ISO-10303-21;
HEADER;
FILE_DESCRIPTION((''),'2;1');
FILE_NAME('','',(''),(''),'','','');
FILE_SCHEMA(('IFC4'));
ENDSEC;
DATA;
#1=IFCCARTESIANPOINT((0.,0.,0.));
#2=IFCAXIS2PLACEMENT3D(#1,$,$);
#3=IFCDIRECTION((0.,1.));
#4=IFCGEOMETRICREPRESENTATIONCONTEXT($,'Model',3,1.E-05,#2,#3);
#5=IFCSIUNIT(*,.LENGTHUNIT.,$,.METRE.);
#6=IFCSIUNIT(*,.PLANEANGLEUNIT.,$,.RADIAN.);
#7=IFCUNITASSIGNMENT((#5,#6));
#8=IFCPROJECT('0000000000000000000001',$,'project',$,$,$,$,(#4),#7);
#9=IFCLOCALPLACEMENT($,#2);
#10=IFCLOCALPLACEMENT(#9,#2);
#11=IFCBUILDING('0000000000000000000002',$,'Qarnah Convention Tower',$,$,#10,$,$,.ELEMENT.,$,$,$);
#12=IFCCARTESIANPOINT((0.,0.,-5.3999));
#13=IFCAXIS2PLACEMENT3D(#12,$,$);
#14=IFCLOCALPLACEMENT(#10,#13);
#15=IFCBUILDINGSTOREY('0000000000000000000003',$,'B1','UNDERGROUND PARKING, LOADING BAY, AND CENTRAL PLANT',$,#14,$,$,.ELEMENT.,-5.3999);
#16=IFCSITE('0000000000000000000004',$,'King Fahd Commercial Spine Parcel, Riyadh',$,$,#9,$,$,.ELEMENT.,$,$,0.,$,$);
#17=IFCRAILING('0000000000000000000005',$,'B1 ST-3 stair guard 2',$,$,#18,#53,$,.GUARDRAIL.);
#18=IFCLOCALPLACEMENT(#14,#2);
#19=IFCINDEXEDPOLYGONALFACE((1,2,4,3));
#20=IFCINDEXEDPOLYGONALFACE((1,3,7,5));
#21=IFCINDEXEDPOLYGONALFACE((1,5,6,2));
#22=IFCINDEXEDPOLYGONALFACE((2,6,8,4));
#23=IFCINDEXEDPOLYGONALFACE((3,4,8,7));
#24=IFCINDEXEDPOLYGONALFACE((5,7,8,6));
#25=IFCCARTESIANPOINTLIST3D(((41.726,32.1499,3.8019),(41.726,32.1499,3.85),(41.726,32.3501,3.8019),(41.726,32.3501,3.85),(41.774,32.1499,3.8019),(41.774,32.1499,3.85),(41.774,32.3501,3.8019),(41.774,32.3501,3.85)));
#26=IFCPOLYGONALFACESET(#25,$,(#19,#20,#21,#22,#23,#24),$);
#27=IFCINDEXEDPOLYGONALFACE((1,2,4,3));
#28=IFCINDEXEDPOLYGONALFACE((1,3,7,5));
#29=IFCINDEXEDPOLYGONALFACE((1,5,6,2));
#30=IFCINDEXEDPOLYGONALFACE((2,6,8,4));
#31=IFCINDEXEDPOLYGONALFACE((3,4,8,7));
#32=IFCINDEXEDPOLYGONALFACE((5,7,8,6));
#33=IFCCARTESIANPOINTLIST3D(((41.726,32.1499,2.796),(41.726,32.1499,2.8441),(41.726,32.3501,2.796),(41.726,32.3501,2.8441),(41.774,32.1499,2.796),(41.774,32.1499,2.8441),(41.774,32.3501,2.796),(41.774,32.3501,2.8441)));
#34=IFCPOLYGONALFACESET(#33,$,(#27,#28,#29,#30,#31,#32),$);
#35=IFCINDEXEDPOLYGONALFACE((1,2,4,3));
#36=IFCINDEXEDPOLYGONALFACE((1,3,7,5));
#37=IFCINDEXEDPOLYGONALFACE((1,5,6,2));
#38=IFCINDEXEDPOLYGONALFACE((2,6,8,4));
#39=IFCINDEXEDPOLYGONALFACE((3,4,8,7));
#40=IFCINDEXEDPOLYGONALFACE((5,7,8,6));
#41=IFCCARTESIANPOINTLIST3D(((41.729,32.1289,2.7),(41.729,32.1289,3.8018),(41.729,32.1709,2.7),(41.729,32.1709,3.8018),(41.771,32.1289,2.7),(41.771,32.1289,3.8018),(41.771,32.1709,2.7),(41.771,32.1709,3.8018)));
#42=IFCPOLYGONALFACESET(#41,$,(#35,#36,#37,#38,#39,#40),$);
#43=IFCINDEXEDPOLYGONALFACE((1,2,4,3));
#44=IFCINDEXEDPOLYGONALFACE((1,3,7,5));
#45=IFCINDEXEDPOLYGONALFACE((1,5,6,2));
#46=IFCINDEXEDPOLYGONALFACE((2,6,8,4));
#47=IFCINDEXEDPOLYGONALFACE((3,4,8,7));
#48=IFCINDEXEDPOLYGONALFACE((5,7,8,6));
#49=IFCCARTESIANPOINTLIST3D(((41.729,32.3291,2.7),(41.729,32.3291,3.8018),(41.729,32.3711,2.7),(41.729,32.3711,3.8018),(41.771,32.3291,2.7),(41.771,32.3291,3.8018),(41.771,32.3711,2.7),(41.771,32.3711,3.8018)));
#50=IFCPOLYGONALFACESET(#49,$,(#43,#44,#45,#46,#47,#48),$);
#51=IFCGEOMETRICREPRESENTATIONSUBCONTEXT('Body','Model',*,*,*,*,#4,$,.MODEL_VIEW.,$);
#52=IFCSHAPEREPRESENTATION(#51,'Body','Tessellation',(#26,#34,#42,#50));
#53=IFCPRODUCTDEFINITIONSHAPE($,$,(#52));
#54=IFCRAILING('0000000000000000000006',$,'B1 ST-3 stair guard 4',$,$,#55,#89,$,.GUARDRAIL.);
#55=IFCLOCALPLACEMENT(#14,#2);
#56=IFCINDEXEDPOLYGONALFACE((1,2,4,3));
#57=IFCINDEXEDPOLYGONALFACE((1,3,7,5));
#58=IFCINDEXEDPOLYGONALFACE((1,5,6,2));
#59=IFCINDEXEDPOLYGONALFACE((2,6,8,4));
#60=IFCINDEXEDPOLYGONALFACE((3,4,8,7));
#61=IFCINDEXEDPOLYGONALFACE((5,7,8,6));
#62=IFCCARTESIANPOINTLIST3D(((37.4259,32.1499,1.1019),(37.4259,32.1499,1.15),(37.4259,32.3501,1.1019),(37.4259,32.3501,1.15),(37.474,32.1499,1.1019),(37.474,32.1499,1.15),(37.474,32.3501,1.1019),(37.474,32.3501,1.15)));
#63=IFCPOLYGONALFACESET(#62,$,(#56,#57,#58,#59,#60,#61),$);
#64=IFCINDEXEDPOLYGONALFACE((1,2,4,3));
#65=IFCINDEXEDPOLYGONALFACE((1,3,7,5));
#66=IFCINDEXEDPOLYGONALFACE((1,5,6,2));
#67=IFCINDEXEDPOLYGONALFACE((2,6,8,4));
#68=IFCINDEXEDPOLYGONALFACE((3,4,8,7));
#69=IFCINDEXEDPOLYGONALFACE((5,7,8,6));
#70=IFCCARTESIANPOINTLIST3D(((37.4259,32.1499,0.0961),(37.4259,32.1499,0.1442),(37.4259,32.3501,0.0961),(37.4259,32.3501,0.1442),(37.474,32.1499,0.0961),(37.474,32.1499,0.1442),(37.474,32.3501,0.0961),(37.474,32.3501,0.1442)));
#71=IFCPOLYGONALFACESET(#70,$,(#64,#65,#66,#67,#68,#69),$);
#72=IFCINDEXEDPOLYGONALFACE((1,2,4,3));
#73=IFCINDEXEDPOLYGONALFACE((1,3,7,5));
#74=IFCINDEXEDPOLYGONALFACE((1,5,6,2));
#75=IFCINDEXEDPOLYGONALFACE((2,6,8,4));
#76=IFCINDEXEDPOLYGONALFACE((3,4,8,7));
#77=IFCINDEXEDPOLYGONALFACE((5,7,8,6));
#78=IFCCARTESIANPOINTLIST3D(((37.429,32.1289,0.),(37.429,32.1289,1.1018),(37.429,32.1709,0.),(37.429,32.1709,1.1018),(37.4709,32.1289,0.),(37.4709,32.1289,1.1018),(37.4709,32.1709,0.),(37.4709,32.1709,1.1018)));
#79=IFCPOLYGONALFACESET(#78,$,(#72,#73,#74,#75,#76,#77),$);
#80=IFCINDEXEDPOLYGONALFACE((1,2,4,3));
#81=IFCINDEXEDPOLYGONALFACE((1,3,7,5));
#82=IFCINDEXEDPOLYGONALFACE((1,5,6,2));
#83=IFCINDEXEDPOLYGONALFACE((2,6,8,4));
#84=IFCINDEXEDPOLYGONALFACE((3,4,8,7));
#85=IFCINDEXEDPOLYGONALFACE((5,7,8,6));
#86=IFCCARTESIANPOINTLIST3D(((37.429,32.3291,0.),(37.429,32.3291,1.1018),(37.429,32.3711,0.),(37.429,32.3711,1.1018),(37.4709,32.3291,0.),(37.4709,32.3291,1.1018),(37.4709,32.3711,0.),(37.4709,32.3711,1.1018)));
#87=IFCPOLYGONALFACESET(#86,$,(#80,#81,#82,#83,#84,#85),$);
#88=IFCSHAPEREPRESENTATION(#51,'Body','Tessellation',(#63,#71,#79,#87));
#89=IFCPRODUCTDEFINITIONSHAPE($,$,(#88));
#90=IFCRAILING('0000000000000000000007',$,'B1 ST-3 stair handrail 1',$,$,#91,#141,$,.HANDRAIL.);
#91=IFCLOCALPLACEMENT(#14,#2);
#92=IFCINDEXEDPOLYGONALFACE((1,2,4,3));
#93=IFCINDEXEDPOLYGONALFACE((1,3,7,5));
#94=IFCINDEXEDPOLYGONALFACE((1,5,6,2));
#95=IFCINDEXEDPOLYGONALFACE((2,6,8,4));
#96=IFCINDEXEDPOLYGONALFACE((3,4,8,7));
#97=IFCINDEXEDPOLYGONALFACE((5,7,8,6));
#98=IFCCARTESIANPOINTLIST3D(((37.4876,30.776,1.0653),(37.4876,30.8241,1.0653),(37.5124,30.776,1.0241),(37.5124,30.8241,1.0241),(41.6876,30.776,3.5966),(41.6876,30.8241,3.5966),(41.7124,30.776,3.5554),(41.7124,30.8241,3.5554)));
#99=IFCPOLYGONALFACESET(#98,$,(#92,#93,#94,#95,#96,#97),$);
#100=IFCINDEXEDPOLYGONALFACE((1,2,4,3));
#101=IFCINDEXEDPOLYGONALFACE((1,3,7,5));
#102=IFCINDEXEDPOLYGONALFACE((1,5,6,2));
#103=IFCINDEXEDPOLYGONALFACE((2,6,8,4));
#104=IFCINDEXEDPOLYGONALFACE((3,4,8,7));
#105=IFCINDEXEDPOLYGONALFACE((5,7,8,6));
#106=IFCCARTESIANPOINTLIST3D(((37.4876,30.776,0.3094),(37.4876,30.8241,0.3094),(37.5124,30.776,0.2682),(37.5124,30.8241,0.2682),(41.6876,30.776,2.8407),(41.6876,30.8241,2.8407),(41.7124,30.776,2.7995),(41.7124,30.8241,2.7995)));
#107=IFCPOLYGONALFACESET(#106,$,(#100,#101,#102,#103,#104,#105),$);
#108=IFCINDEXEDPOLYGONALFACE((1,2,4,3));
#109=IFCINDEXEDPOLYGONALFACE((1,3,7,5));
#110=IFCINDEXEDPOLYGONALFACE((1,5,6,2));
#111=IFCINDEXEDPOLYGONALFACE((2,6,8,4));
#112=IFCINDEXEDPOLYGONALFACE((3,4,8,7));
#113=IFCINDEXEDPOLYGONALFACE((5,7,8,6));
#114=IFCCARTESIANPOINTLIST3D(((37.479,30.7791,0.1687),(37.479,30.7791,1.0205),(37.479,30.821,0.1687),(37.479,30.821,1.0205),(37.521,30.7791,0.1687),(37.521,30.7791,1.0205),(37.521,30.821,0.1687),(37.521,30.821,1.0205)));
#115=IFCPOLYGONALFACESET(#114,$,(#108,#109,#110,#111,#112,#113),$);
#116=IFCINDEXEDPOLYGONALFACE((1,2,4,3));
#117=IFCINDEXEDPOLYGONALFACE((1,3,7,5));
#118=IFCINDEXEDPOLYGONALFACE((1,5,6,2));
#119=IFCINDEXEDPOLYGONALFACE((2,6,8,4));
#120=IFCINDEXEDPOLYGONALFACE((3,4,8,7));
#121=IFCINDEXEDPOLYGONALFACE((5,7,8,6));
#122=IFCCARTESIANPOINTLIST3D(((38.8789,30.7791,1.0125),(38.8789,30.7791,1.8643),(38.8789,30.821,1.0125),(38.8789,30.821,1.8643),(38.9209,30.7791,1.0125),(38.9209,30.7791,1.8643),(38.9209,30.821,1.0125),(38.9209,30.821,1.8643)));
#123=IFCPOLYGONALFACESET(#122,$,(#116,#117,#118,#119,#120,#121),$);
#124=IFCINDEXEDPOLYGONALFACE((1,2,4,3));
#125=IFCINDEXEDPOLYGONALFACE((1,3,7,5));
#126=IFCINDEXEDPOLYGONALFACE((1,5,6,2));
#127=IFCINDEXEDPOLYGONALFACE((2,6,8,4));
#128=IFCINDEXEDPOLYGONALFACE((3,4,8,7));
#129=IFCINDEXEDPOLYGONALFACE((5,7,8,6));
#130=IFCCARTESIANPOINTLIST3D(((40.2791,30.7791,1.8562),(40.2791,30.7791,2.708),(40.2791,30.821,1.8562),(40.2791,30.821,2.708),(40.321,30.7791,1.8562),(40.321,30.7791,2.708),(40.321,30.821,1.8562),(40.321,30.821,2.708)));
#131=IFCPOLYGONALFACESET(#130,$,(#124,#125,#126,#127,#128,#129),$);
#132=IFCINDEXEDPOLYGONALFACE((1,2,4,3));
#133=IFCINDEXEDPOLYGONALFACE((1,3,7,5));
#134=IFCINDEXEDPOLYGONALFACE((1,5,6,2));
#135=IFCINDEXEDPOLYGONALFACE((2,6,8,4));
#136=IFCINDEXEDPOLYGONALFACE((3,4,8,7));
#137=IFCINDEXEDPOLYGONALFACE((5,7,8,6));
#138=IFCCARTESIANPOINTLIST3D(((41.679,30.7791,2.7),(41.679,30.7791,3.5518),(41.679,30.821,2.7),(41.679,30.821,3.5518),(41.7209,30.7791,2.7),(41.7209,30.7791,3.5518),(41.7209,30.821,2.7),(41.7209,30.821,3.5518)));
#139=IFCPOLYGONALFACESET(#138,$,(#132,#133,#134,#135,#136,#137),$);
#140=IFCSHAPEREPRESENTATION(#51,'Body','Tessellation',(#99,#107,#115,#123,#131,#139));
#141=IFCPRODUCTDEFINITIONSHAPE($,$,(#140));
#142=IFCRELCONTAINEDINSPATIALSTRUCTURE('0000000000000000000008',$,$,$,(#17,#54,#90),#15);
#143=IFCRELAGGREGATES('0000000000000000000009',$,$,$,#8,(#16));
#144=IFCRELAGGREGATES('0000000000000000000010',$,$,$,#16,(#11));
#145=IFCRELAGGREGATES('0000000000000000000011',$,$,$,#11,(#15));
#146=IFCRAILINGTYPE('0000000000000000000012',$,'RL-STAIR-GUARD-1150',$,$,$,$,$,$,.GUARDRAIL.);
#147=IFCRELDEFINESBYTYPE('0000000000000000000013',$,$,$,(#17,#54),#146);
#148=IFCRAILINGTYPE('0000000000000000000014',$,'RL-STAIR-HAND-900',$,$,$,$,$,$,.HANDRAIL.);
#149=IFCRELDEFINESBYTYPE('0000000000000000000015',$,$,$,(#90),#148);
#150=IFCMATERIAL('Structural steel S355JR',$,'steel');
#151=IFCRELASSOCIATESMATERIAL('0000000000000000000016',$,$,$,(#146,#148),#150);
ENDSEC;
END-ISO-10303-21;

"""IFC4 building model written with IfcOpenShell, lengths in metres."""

from ifc_helpers import new_model, si_unit, direction, frame, origin, origin_2d, place, context, subcontext, project, spatial, rectangle, extrude, material, type_object, element, save


model = new_model("IFC4")

# Units and contexts
model_context = context("Model", 3, precision=1e-05, world=origin(), true_north=direction((0.0, 1.0)))
body_context = subcontext(model_context, "Body", "Model", "MODEL_VIEW")
ifc_project = project(units=[si_unit("LENGTHUNIT", "METRE"), si_unit("PLANEANGLEUNIT", "RADIAN")], contexts=[model_context])

# Site, building, storey
site_placement = place(None, origin())
site = spatial("IfcSite", under=ifc_project, at=site_placement, Name="King Fahd Commercial Spine Parcel, Riyadh", CompositionType="ELEMENT", RefElevation=0.0)
building_placement = place(site_placement, origin())
building = spatial("IfcBuilding", under=site, at=building_placement, Name="Qarnah Convention Tower", CompositionType="ELEMENT")
storey_placement = place(building_placement, frame((0.0, 0.0, -5.3999)))
storey = spatial("IfcBuildingStorey", under=building, at=storey_placement, Name="B1", Description="UNDERGROUND PARKING, LOADING BAY, AND CENTRAL PLANT", CompositionType="ELEMENT", Elevation=-5.3999)

# Shared definitions
ifc_material_1 = material(Name="Structural steel S355JR", Category="steel")

# Railings
railing_type_1 = type_object("IfcRailingType", Name="RL-STAIR-GUARD-1150", PredefinedType="GUARDRAIL", material=ifc_material_1)
for number, where, name in (
    (1, (41.75, 32.1499, 2.7), "B1 ST-3 stair guard 2"),
    (2, (37.45, 32.1499, 0.0), "B1 ST-3 stair guard 4"),
):
    element("IfcRailing", number, at=place(storey_placement, frame(where)), inside=storey, type_object=railing_type_1, Name=name, PredefinedType="GUARDRAIL", context=body_context, shape_type="SweptSolid", body=[
        extrude(rectangle(XDim=0.0481, YDim=0.0481, at=origin_2d()), frame((0.0, 0.0, 1.126), z_axis=(0.0, 1.0, 0.0), x_axis=(-1.0, 0.0, 0.0)), (0.0, 0.0, 1.0), 0.2002),
        extrude(rectangle(XDim=0.0481, YDim=0.0481, at=origin_2d()), frame((0.0, 0.0, 0.1201), z_axis=(0.0, 1.0, 0.0), x_axis=(-1.0, 0.0, 0.0)), (0.0, 0.0, 1.0), 0.2002),
        extrude(rectangle(XDim=0.042, YDim=0.042, at=origin_2d()), origin(), (0.0, 0.0, 1.0), 1.1018),
        extrude(rectangle(XDim=0.042, YDim=0.042, at=origin_2d()), frame((0.0, 0.2002, 0.0)), (0.0, 0.0, 1.0), 1.1018),
    ])
railing_type_2 = type_object("IfcRailingType", Name="RL-STAIR-HAND-900", PredefinedType="HANDRAIL", material=ifc_material_1)
railing_1_placement = place(storey_placement, frame((37.5, 30.8, 0.1687)))
element("IfcRailing", 3, at=railing_1_placement, inside=storey, type_object=railing_type_2, Name="B1 ST-3 stair handrail 1", PredefinedType="HANDRAIL", context=body_context, shape_type="SweptSolid", body=[
    extrude(rectangle(XDim=0.0481, YDim=0.0481, at=origin_2d()), frame((0.0, 0.0, 0.876), z_axis=(0.856476, 0.0, 0.516186), x_axis=(0.0, 1.0, 0.0)), (0.0, 0.0, 1.0), 4.9038),
    extrude(rectangle(XDim=0.0481, YDim=0.0481, at=origin_2d()), frame((0.0, 0.0, 0.1201), z_axis=(0.856476, 0.0, 0.516186), x_axis=(0.0, 1.0, 0.0)), (0.0, 0.0, 1.0), 4.9038),
    extrude(rectangle(XDim=0.042, YDim=0.042, at=origin_2d()), origin(), (0.0, 0.0, 1.0), 0.8518),
    extrude(rectangle(XDim=0.042, YDim=0.042, at=origin_2d()), frame((1.3999, 0.0, 0.8438)), (0.0, 0.0, 1.0), 0.8518),
    extrude(rectangle(XDim=0.042, YDim=0.042, at=origin_2d()), frame((2.8, 0.0, 1.6875)), (0.0, 0.0, 1.0), 0.8518),
    extrude(rectangle(XDim=0.042, YDim=0.042, at=origin_2d()), frame((4.2, 0.0, 2.5312)), (0.0, 0.0, 1.0), 0.8518),
])

save(model, "model.ifc")
